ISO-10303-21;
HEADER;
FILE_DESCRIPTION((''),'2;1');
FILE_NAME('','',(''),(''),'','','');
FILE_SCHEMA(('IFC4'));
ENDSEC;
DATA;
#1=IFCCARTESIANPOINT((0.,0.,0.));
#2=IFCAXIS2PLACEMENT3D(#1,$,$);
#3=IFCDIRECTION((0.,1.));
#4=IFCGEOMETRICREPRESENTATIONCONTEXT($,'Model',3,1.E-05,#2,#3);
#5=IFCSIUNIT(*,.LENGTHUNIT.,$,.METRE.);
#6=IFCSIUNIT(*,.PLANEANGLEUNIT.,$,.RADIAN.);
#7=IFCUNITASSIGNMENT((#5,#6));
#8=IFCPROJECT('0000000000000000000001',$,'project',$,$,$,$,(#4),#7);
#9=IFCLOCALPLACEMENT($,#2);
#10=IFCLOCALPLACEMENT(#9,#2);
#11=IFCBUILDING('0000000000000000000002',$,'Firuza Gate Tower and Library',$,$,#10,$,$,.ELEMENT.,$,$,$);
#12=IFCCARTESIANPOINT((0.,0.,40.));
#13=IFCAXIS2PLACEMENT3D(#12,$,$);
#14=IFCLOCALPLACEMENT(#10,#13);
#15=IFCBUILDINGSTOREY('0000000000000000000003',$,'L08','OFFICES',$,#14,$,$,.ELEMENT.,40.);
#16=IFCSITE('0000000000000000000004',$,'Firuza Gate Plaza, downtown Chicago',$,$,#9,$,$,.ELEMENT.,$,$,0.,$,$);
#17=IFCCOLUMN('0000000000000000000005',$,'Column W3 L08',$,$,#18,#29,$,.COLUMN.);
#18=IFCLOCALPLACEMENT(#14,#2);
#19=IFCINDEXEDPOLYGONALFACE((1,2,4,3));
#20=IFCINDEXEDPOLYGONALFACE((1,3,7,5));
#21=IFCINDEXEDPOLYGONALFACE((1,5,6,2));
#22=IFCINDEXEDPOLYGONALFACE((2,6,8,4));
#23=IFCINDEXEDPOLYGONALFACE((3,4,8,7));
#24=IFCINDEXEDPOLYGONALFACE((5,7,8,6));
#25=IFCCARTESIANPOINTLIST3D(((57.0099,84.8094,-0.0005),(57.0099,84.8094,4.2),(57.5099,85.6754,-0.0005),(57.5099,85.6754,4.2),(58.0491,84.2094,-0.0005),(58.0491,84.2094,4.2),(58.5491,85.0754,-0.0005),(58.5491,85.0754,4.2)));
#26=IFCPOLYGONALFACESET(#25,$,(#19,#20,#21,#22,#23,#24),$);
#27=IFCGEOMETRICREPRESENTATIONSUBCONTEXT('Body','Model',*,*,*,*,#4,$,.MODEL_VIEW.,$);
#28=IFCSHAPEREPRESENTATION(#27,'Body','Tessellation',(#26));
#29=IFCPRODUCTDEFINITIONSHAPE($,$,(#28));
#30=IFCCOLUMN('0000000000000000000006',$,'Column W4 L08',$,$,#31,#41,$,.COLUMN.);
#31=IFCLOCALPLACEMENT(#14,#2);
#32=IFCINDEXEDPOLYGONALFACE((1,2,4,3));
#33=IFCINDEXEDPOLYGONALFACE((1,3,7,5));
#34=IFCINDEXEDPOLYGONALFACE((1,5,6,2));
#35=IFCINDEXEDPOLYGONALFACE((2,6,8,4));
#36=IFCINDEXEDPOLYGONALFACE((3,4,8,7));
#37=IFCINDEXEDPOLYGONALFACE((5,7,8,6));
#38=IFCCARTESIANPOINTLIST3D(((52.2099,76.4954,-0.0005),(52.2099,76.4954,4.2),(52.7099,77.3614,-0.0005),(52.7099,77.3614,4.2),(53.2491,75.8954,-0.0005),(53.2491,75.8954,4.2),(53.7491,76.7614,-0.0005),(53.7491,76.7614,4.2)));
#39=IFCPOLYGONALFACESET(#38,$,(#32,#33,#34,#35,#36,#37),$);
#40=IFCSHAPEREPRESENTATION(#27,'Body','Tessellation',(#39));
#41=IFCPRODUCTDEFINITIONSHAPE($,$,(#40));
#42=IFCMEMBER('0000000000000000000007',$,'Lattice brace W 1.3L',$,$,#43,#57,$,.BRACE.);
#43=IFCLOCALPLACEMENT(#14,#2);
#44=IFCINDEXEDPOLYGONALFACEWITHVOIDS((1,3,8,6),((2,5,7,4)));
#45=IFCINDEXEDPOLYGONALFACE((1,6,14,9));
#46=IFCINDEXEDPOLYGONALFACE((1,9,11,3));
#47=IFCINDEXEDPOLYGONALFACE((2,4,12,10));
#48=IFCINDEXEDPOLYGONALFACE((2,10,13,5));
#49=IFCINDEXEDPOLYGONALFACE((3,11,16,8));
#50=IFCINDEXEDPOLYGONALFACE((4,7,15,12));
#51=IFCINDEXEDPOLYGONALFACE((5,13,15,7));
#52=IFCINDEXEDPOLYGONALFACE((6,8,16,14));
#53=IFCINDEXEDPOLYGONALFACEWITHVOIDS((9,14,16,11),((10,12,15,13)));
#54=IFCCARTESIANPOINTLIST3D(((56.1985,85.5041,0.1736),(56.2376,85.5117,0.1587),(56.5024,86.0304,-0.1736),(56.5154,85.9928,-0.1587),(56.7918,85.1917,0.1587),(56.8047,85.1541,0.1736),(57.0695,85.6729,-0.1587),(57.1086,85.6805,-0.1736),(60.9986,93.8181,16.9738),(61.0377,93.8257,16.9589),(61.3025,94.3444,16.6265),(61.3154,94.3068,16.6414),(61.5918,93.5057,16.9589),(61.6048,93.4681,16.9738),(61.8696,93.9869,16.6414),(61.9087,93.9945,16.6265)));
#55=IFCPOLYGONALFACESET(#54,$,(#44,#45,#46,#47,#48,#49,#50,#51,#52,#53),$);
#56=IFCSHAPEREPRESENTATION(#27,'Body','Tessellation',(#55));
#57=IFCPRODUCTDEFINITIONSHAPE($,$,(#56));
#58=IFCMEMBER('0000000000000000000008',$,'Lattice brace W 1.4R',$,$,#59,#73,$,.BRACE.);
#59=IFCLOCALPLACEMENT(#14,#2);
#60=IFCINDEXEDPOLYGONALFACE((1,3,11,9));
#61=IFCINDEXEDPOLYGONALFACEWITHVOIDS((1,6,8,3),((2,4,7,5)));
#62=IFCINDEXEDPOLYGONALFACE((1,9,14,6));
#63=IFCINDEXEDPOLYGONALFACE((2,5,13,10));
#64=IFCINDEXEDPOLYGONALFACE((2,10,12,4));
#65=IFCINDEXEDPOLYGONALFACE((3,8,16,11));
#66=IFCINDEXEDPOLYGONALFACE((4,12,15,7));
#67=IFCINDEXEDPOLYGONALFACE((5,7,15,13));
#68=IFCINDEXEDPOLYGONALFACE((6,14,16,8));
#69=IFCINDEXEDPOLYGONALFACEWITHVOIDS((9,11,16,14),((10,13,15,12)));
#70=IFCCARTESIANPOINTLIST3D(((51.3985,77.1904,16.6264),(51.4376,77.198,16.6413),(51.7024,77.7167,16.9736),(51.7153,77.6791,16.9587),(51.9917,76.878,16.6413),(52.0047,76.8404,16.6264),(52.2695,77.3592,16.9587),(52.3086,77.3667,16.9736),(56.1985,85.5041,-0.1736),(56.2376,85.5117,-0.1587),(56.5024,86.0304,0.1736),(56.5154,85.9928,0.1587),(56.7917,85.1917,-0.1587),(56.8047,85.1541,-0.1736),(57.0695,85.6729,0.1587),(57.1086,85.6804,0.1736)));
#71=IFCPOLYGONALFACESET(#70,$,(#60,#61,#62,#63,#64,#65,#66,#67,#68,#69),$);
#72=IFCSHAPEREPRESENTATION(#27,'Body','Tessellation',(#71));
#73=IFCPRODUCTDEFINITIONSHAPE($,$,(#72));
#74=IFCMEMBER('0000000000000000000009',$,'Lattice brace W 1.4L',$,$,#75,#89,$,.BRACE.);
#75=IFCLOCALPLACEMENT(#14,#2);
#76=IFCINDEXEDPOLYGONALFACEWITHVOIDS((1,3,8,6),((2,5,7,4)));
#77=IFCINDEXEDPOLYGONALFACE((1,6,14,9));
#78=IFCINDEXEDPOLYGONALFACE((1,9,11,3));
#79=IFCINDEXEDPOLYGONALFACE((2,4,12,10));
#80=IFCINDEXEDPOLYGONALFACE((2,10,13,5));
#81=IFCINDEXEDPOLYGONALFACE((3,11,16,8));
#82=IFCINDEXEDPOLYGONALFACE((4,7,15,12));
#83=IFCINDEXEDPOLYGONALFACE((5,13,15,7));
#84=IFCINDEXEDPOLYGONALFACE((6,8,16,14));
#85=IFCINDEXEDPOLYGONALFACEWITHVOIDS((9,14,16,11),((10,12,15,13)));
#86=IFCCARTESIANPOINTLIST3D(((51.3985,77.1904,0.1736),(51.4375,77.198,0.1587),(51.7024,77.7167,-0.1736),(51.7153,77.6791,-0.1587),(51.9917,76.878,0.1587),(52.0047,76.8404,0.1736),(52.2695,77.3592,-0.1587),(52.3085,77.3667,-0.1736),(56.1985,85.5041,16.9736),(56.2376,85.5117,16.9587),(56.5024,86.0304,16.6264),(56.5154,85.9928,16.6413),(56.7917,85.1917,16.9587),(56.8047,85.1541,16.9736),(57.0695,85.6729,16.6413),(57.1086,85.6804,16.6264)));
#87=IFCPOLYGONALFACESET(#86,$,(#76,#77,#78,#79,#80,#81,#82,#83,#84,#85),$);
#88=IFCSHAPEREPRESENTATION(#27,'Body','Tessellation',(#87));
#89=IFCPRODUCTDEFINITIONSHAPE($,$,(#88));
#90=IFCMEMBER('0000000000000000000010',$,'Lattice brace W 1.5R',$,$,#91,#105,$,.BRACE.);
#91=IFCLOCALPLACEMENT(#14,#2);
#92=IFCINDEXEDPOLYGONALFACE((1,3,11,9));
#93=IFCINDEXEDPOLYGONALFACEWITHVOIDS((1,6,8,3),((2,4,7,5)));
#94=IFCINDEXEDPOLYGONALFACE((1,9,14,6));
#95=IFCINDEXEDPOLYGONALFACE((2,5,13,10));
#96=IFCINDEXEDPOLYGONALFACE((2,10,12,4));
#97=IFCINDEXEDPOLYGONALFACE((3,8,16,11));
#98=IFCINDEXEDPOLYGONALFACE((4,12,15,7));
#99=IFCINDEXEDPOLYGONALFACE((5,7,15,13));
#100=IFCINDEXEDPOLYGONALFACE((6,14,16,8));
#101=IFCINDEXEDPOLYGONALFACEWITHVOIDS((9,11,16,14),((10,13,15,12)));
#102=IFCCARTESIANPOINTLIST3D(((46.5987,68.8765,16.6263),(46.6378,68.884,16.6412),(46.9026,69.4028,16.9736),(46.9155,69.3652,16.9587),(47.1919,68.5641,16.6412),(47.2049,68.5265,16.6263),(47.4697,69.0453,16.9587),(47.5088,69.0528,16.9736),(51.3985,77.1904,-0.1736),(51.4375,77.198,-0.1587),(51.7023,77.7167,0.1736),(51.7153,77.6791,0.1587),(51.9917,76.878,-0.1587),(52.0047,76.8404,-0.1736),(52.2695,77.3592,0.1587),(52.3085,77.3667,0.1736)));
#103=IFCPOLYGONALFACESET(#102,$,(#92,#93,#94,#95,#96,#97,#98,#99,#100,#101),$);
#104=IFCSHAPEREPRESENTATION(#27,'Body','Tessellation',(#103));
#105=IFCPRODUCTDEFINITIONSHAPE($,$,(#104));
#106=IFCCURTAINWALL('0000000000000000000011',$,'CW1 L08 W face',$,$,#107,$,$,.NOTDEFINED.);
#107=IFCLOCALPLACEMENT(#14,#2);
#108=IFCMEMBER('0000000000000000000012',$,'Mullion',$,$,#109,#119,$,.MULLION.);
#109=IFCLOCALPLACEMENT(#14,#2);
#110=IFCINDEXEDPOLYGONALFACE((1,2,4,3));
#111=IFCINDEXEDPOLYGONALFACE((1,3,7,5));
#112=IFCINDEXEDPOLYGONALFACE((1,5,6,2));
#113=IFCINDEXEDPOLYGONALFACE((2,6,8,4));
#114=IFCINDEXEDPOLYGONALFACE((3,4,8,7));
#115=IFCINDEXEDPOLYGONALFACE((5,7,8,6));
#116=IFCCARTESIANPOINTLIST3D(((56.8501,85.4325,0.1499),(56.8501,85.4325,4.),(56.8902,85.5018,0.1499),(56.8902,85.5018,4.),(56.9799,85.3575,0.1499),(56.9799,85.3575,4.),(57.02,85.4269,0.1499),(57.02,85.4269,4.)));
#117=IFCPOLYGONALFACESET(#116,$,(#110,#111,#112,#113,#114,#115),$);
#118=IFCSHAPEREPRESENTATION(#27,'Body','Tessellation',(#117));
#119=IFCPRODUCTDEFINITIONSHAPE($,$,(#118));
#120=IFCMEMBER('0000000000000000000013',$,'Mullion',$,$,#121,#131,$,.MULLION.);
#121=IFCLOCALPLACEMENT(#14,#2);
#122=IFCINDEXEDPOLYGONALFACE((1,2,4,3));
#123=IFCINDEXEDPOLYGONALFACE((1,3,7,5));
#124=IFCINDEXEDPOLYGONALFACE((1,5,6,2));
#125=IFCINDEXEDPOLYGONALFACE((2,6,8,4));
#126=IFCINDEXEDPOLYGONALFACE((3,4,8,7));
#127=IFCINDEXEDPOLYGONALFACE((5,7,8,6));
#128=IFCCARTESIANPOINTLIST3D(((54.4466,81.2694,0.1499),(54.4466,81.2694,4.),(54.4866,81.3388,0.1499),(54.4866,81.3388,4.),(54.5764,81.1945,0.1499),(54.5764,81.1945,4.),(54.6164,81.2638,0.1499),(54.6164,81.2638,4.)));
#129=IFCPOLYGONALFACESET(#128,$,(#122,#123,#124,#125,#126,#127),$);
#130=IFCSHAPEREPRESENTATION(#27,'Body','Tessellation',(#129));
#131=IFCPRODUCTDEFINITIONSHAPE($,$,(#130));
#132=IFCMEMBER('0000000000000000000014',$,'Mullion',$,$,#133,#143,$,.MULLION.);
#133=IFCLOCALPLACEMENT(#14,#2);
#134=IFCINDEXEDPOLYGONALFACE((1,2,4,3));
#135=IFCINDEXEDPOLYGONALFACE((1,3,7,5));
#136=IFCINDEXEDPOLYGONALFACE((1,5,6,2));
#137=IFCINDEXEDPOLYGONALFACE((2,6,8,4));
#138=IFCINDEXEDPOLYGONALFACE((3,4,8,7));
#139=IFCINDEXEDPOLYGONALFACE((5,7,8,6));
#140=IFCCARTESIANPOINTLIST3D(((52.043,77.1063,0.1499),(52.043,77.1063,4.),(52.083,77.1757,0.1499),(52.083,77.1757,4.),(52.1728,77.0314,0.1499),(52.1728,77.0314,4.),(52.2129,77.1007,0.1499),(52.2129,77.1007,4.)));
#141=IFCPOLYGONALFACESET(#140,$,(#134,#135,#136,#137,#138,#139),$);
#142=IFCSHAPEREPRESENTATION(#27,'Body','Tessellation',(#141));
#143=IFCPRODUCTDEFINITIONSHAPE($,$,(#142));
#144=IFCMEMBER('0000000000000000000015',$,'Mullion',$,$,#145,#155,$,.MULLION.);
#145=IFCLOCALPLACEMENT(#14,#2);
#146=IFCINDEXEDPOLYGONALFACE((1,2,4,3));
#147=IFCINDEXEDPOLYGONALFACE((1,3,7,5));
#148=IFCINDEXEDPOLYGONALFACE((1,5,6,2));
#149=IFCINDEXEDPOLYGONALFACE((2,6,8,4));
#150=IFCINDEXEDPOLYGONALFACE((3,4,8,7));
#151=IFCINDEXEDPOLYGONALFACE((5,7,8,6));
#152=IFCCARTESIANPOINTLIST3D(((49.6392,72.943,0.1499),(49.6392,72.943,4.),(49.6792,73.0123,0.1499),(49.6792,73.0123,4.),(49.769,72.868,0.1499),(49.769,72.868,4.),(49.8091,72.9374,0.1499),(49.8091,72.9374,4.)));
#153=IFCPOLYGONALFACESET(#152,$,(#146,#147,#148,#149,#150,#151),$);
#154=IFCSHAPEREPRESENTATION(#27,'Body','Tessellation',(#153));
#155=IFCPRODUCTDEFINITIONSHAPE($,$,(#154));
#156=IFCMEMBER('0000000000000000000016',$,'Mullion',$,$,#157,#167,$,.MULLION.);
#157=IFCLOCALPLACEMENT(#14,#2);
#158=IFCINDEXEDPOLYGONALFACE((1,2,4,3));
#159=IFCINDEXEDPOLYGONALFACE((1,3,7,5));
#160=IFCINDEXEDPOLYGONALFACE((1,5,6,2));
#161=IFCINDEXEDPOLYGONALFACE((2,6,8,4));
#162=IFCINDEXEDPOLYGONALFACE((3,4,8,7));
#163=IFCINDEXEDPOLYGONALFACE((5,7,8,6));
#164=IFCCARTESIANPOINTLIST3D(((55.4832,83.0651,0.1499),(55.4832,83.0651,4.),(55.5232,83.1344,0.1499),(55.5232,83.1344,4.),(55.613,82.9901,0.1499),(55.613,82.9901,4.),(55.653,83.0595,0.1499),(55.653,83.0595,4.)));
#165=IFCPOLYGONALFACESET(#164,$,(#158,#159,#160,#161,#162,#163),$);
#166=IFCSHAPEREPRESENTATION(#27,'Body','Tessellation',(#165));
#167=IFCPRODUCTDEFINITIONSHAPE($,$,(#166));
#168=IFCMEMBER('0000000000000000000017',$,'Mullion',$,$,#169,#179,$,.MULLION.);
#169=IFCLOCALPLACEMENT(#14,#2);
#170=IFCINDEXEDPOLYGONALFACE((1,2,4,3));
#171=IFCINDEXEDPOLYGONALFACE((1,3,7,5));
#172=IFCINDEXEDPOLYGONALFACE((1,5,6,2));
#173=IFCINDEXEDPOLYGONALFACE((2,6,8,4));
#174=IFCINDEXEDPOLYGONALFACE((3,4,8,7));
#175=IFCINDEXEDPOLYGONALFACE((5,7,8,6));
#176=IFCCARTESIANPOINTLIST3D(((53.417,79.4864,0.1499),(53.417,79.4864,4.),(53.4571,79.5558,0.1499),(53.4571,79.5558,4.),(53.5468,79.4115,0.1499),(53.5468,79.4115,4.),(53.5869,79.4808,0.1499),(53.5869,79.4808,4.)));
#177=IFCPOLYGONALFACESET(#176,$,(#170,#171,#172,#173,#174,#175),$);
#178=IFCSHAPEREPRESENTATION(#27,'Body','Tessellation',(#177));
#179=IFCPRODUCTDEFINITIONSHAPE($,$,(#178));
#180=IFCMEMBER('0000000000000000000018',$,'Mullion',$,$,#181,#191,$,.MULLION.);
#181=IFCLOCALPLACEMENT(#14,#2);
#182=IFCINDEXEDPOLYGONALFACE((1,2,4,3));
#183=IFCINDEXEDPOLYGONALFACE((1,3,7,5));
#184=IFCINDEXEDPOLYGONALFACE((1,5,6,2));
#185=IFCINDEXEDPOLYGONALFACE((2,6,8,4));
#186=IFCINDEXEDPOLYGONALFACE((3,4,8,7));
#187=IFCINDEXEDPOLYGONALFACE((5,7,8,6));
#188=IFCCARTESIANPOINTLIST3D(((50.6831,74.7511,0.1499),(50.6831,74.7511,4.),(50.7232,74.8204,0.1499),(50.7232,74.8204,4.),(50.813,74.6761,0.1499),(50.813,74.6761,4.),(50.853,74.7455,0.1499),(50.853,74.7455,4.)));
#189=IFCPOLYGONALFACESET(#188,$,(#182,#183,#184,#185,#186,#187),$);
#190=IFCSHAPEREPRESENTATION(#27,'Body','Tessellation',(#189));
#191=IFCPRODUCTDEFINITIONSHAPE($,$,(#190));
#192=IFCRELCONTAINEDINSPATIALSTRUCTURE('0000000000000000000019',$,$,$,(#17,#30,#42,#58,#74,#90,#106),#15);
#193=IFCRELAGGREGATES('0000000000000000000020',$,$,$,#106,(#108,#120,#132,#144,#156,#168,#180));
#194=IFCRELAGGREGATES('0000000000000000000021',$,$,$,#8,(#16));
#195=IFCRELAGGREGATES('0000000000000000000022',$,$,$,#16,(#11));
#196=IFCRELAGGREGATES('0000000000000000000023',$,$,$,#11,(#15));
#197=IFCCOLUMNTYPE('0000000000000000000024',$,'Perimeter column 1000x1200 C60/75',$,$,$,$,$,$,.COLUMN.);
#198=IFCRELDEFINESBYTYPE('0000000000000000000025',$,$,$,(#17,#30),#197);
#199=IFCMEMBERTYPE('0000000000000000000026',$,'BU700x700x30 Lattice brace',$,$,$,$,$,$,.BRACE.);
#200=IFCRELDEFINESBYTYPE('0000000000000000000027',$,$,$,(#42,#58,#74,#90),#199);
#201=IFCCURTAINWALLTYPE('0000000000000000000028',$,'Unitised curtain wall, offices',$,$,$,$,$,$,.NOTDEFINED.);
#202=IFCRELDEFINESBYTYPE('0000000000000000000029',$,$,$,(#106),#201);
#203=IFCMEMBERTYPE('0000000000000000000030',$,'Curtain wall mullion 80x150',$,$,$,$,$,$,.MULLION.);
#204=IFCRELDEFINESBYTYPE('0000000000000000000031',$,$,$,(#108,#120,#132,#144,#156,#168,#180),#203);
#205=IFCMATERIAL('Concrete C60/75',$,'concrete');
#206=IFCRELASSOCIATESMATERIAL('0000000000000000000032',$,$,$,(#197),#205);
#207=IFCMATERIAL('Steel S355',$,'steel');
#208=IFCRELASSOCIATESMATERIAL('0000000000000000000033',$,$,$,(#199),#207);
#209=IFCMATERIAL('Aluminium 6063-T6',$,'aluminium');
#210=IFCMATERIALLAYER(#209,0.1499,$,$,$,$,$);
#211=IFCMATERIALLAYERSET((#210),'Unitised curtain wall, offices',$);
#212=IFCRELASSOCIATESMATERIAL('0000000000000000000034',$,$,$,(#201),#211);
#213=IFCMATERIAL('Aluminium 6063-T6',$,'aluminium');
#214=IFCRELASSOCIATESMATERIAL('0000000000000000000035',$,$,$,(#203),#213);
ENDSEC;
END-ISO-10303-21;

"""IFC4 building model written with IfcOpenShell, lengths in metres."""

from ifc_helpers import new_model, si_unit, direction, frame, origin, origin_2d, place, context, subcontext, project, spatial, rectangle, hollow_rectangle, extrude, material, layer, layer_set, material_profile, profile_set, type_object, element, aggregate, save


model = new_model("IFC4")

# Units and contexts
model_context = context("Model", 3, precision=1e-05, world=origin(), true_north=direction((0.0, 1.0)))
body_context = subcontext(model_context, "Body", "Model", "MODEL_VIEW")
ifc_project = project(units=[si_unit("LENGTHUNIT", "METRE"), si_unit("PLANEANGLEUNIT", "RADIAN")], contexts=[model_context])

# Site, building, storey
site_placement = place(None, origin())
site = spatial("IfcSite", under=ifc_project, at=site_placement, Name="Firuza Gate Plaza, downtown Chicago", CompositionType="ELEMENT", RefElevation=0.0)
building_placement = place(site_placement, origin())
building = spatial("IfcBuilding", under=site, at=building_placement, Name="Firuza Gate Tower and Library", CompositionType="ELEMENT")
storey_placement = place(building_placement, frame((0.0, 0.0, 40.0)))
storey = spatial("IfcBuildingStorey", under=building, at=storey_placement, Name="L08", Description="OFFICES", CompositionType="ELEMENT", Elevation=40.0)

# Columns
ifc_material_1 = material(Name="Concrete C60/75", Category="concrete")
ifc_material_profile_1 = material_profile(ifc_material_1, rectangle(XDim=1.0, YDim=1.2, at=origin_2d()))
ifc_profile_set_1 = profile_set([ifc_material_profile_1], Name="Concrete C60/75")
column_type = type_object("IfcColumnType", Name="Perimeter column 1000x1200 C60/75", PredefinedType="COLUMN", material=ifc_profile_set_1)
for number, where, z_axis, x_axis, name in (
    (1, (57.7795, 84.9424, -0.0005), (0.0, 0.0, 1.0), (-0.5, -0.866025, 0.0), "Column W3 L08"),
    (2, (52.9795, 76.6284, -0.0005), (0.0, 0.0, 1.0), (-0.5, -0.866025, 0.0), "Column W4 L08"),
):
    element("IfcColumn", number, at=place(storey_placement, frame(where, z_axis=z_axis, x_axis=x_axis)), inside=storey, type_object=column_type, Name=name, PredefinedType="COLUMN", context=body_context, shape_type="SweptSolid", body=[
        extrude(rectangle(XDim=1.0, YDim=1.2, at=origin_2d()), origin(), (0.0, 0.0, 1.0), 4.2004),
    ])

# Members
ifc_material_2 = material(Name="Steel S355", Category="steel")
ifc_material_profile_2 = material_profile(ifc_material_2, hollow_rectangle(XDim=0.7, YDim=0.7, WallThickness=0.03, at=origin_2d()))
ifc_profile_set_2 = profile_set([ifc_material_profile_2], Name="Steel S355")
member_type_1 = type_object("IfcMemberType", Name="BU700x700x30 Lattice brace", PredefinedType="BRACE", material=ifc_profile_set_2)
member_1_placement = place(storey_placement, frame((56.6536, 85.5923, 0.0), z_axis=(0.248071, 0.429673, 0.868241), x_axis=(-0.866026, 0.499998, 0.0)))
element("IfcMember", 3, at=member_1_placement, inside=storey, type_object=member_type_1, Name="Lattice brace W 1.3L", PredefinedType="BRACE", context=body_context, shape_type="SweptSolid", body=[
    extrude(hollow_rectangle(XDim=0.7, YDim=0.7, WallThickness=0.03, at=origin_2d()), origin(), (0.0, 0.0, 1.0), 19.3496),
])
for number, where, z_axis, x_axis, name in (
    (4, (56.6536, 85.5923, 0.0), (-0.248072, -0.429663, 0.868246), (0.86602, -0.500009, 0.0), "Lattice brace W 1.4R"),
    (5, (51.8535, 77.2786, 0.0), (0.248072, 0.429663, 0.868246), (-0.86602, 0.500009, 0.0), "Lattice brace W 1.4L"),
    (6, (51.8535, 77.2786, 0.0), (-0.248059, -0.429674, 0.868244), (0.866037, -0.499979, 0.0), "Lattice brace W 1.5R"),
):
    element("IfcMember", number, at=place(storey_placement, frame(where, z_axis=z_axis, x_axis=x_axis)), inside=storey, type_object=member_type_1, Name=name, PredefinedType="BRACE", context=body_context, shape_type="SweptSolid", body=[
        extrude(hollow_rectangle(XDim=0.7, YDim=0.7, WallThickness=0.03, at=origin_2d()), origin(), (0.0, 0.0, 1.0), 19.3494),
    ])

# Curtain wall, members
ifc_material_3 = material(Name="Aluminium 6063-T6", Category="aluminium")
ifc_layer_1 = layer(ifc_material_3, 0.1499)
ifc_layer_set_1 = layer_set([ifc_layer_1], Name="Unitised curtain wall, offices")
curtain_wall_type = type_object("IfcCurtainWallType", Name="Unitised curtain wall, offices", PredefinedType="NOTDEFINED", material=ifc_layer_set_1)
curtain_wall_placement = place(storey_placement, origin())
curtain_wall = element("IfcCurtainWall", 7, at=curtain_wall_placement, inside=storey, type_object=curtain_wall_type, Name="CW1 L08 W face", PredefinedType="NOTDEFINED")
ifc_material_4 = material(Name="Aluminium 6063-T6", Category="aluminium")
ifc_material_profile_3 = material_profile(ifc_material_4, rectangle(XDim=0.1499, YDim=0.0801, at=origin_2d()))
ifc_profile_set_3 = profile_set([ifc_material_profile_3], Name="Aluminium 6063-T6")
member_type_2 = type_object("IfcMemberType", Name="Curtain wall mullion 80x150", PredefinedType="MULLION", material=ifc_profile_set_3)
member_2_placement = place(storey_placement, frame((56.9351, 85.4297, 0.1499), z_axis=(0.0, 0.0, 1.0), x_axis=(0.866025, -0.5, 0.0)))
member_2 = element("IfcMember", 8, at=member_2_placement, type_object=member_type_2, Name="Mullion", PredefinedType="MULLION", context=body_context, shape_type="SweptSolid", body=[
    extrude(rectangle(XDim=0.1499, YDim=0.0801, at=origin_2d()), origin(), (0.0, 0.0, 1.0), 3.8501),
])
member_3_placement = place(storey_placement, frame((54.5315, 81.2666, 0.1499), z_axis=(0.0, 0.0, 1.0), x_axis=(0.866025, -0.5, 0.0)))
member_3 = element("IfcMember", 9, at=member_3_placement, type_object=member_type_2, Name="Mullion", PredefinedType="MULLION", context=body_context, shape_type="SweptSolid", body=[
    extrude(rectangle(XDim=0.1499, YDim=0.0801, at=origin_2d()), origin(), (0.0, 0.0, 1.0), 3.8501),
])
member_4_placement = place(storey_placement, frame((52.1279, 77.1035, 0.1499), z_axis=(0.0, 0.0, 1.0), x_axis=(0.866025, -0.5, 0.0)))
member_4 = element("IfcMember", 10, at=member_4_placement, type_object=member_type_2, Name="Mullion", PredefinedType="MULLION", context=body_context, shape_type="SweptSolid", body=[
    extrude(rectangle(XDim=0.1499, YDim=0.0801, at=origin_2d()), origin(), (0.0, 0.0, 1.0), 3.8501),
])
member_5_placement = place(storey_placement, frame((49.7241, 72.9402, 0.1499), z_axis=(0.0, 0.0, 1.0), x_axis=(0.866025, -0.5, 0.0)))
member_5 = element("IfcMember", 11, at=member_5_placement, type_object=member_type_2, Name="Mullion", PredefinedType="MULLION", context=body_context, shape_type="SweptSolid", body=[
    extrude(rectangle(XDim=0.1499, YDim=0.0801, at=origin_2d()), origin(), (0.0, 0.0, 1.0), 3.8501),
])
member_6_placement = place(storey_placement, frame((55.5681, 83.0623, 0.1499), z_axis=(0.0, 0.0, 1.0), x_axis=(0.866025, -0.5, 0.0)))
member_6 = element("IfcMember", 12, at=member_6_placement, type_object=member_type_2, Name="Mullion", PredefinedType="MULLION", context=body_context, shape_type="SweptSolid", body=[
    extrude(rectangle(XDim=0.1499, YDim=0.0801, at=origin_2d()), origin(), (0.0, 0.0, 1.0), 3.8501),
])
member_7_placement = place(storey_placement, frame((53.502, 79.4836, 0.1499), z_axis=(0.0, 0.0, 1.0), x_axis=(0.866025, -0.5, 0.0)))
member_7 = element("IfcMember", 13, at=member_7_placement, type_object=member_type_2, Name="Mullion", PredefinedType="MULLION", context=body_context, shape_type="SweptSolid", body=[
    extrude(rectangle(XDim=0.1499, YDim=0.0801, at=origin_2d()), origin(), (0.0, 0.0, 1.0), 3.8501),
])
member_8_placement = place(storey_placement, frame((50.7681, 74.7483, 0.1499), z_axis=(0.0, 0.0, 1.0), x_axis=(0.866025, -0.5, 0.0)))
member_8 = element("IfcMember", 14, at=member_8_placement, type_object=member_type_2, Name="Mullion", PredefinedType="MULLION", context=body_context, shape_type="SweptSolid", body=[
    extrude(rectangle(XDim=0.1499, YDim=0.0801, at=origin_2d()), origin(), (0.0, 0.0, 1.0), 3.8501),
])

aggregate(curtain_wall, [member_2, member_3, member_4, member_5, member_6, member_7, member_8])

save(model, "model.ifc")
